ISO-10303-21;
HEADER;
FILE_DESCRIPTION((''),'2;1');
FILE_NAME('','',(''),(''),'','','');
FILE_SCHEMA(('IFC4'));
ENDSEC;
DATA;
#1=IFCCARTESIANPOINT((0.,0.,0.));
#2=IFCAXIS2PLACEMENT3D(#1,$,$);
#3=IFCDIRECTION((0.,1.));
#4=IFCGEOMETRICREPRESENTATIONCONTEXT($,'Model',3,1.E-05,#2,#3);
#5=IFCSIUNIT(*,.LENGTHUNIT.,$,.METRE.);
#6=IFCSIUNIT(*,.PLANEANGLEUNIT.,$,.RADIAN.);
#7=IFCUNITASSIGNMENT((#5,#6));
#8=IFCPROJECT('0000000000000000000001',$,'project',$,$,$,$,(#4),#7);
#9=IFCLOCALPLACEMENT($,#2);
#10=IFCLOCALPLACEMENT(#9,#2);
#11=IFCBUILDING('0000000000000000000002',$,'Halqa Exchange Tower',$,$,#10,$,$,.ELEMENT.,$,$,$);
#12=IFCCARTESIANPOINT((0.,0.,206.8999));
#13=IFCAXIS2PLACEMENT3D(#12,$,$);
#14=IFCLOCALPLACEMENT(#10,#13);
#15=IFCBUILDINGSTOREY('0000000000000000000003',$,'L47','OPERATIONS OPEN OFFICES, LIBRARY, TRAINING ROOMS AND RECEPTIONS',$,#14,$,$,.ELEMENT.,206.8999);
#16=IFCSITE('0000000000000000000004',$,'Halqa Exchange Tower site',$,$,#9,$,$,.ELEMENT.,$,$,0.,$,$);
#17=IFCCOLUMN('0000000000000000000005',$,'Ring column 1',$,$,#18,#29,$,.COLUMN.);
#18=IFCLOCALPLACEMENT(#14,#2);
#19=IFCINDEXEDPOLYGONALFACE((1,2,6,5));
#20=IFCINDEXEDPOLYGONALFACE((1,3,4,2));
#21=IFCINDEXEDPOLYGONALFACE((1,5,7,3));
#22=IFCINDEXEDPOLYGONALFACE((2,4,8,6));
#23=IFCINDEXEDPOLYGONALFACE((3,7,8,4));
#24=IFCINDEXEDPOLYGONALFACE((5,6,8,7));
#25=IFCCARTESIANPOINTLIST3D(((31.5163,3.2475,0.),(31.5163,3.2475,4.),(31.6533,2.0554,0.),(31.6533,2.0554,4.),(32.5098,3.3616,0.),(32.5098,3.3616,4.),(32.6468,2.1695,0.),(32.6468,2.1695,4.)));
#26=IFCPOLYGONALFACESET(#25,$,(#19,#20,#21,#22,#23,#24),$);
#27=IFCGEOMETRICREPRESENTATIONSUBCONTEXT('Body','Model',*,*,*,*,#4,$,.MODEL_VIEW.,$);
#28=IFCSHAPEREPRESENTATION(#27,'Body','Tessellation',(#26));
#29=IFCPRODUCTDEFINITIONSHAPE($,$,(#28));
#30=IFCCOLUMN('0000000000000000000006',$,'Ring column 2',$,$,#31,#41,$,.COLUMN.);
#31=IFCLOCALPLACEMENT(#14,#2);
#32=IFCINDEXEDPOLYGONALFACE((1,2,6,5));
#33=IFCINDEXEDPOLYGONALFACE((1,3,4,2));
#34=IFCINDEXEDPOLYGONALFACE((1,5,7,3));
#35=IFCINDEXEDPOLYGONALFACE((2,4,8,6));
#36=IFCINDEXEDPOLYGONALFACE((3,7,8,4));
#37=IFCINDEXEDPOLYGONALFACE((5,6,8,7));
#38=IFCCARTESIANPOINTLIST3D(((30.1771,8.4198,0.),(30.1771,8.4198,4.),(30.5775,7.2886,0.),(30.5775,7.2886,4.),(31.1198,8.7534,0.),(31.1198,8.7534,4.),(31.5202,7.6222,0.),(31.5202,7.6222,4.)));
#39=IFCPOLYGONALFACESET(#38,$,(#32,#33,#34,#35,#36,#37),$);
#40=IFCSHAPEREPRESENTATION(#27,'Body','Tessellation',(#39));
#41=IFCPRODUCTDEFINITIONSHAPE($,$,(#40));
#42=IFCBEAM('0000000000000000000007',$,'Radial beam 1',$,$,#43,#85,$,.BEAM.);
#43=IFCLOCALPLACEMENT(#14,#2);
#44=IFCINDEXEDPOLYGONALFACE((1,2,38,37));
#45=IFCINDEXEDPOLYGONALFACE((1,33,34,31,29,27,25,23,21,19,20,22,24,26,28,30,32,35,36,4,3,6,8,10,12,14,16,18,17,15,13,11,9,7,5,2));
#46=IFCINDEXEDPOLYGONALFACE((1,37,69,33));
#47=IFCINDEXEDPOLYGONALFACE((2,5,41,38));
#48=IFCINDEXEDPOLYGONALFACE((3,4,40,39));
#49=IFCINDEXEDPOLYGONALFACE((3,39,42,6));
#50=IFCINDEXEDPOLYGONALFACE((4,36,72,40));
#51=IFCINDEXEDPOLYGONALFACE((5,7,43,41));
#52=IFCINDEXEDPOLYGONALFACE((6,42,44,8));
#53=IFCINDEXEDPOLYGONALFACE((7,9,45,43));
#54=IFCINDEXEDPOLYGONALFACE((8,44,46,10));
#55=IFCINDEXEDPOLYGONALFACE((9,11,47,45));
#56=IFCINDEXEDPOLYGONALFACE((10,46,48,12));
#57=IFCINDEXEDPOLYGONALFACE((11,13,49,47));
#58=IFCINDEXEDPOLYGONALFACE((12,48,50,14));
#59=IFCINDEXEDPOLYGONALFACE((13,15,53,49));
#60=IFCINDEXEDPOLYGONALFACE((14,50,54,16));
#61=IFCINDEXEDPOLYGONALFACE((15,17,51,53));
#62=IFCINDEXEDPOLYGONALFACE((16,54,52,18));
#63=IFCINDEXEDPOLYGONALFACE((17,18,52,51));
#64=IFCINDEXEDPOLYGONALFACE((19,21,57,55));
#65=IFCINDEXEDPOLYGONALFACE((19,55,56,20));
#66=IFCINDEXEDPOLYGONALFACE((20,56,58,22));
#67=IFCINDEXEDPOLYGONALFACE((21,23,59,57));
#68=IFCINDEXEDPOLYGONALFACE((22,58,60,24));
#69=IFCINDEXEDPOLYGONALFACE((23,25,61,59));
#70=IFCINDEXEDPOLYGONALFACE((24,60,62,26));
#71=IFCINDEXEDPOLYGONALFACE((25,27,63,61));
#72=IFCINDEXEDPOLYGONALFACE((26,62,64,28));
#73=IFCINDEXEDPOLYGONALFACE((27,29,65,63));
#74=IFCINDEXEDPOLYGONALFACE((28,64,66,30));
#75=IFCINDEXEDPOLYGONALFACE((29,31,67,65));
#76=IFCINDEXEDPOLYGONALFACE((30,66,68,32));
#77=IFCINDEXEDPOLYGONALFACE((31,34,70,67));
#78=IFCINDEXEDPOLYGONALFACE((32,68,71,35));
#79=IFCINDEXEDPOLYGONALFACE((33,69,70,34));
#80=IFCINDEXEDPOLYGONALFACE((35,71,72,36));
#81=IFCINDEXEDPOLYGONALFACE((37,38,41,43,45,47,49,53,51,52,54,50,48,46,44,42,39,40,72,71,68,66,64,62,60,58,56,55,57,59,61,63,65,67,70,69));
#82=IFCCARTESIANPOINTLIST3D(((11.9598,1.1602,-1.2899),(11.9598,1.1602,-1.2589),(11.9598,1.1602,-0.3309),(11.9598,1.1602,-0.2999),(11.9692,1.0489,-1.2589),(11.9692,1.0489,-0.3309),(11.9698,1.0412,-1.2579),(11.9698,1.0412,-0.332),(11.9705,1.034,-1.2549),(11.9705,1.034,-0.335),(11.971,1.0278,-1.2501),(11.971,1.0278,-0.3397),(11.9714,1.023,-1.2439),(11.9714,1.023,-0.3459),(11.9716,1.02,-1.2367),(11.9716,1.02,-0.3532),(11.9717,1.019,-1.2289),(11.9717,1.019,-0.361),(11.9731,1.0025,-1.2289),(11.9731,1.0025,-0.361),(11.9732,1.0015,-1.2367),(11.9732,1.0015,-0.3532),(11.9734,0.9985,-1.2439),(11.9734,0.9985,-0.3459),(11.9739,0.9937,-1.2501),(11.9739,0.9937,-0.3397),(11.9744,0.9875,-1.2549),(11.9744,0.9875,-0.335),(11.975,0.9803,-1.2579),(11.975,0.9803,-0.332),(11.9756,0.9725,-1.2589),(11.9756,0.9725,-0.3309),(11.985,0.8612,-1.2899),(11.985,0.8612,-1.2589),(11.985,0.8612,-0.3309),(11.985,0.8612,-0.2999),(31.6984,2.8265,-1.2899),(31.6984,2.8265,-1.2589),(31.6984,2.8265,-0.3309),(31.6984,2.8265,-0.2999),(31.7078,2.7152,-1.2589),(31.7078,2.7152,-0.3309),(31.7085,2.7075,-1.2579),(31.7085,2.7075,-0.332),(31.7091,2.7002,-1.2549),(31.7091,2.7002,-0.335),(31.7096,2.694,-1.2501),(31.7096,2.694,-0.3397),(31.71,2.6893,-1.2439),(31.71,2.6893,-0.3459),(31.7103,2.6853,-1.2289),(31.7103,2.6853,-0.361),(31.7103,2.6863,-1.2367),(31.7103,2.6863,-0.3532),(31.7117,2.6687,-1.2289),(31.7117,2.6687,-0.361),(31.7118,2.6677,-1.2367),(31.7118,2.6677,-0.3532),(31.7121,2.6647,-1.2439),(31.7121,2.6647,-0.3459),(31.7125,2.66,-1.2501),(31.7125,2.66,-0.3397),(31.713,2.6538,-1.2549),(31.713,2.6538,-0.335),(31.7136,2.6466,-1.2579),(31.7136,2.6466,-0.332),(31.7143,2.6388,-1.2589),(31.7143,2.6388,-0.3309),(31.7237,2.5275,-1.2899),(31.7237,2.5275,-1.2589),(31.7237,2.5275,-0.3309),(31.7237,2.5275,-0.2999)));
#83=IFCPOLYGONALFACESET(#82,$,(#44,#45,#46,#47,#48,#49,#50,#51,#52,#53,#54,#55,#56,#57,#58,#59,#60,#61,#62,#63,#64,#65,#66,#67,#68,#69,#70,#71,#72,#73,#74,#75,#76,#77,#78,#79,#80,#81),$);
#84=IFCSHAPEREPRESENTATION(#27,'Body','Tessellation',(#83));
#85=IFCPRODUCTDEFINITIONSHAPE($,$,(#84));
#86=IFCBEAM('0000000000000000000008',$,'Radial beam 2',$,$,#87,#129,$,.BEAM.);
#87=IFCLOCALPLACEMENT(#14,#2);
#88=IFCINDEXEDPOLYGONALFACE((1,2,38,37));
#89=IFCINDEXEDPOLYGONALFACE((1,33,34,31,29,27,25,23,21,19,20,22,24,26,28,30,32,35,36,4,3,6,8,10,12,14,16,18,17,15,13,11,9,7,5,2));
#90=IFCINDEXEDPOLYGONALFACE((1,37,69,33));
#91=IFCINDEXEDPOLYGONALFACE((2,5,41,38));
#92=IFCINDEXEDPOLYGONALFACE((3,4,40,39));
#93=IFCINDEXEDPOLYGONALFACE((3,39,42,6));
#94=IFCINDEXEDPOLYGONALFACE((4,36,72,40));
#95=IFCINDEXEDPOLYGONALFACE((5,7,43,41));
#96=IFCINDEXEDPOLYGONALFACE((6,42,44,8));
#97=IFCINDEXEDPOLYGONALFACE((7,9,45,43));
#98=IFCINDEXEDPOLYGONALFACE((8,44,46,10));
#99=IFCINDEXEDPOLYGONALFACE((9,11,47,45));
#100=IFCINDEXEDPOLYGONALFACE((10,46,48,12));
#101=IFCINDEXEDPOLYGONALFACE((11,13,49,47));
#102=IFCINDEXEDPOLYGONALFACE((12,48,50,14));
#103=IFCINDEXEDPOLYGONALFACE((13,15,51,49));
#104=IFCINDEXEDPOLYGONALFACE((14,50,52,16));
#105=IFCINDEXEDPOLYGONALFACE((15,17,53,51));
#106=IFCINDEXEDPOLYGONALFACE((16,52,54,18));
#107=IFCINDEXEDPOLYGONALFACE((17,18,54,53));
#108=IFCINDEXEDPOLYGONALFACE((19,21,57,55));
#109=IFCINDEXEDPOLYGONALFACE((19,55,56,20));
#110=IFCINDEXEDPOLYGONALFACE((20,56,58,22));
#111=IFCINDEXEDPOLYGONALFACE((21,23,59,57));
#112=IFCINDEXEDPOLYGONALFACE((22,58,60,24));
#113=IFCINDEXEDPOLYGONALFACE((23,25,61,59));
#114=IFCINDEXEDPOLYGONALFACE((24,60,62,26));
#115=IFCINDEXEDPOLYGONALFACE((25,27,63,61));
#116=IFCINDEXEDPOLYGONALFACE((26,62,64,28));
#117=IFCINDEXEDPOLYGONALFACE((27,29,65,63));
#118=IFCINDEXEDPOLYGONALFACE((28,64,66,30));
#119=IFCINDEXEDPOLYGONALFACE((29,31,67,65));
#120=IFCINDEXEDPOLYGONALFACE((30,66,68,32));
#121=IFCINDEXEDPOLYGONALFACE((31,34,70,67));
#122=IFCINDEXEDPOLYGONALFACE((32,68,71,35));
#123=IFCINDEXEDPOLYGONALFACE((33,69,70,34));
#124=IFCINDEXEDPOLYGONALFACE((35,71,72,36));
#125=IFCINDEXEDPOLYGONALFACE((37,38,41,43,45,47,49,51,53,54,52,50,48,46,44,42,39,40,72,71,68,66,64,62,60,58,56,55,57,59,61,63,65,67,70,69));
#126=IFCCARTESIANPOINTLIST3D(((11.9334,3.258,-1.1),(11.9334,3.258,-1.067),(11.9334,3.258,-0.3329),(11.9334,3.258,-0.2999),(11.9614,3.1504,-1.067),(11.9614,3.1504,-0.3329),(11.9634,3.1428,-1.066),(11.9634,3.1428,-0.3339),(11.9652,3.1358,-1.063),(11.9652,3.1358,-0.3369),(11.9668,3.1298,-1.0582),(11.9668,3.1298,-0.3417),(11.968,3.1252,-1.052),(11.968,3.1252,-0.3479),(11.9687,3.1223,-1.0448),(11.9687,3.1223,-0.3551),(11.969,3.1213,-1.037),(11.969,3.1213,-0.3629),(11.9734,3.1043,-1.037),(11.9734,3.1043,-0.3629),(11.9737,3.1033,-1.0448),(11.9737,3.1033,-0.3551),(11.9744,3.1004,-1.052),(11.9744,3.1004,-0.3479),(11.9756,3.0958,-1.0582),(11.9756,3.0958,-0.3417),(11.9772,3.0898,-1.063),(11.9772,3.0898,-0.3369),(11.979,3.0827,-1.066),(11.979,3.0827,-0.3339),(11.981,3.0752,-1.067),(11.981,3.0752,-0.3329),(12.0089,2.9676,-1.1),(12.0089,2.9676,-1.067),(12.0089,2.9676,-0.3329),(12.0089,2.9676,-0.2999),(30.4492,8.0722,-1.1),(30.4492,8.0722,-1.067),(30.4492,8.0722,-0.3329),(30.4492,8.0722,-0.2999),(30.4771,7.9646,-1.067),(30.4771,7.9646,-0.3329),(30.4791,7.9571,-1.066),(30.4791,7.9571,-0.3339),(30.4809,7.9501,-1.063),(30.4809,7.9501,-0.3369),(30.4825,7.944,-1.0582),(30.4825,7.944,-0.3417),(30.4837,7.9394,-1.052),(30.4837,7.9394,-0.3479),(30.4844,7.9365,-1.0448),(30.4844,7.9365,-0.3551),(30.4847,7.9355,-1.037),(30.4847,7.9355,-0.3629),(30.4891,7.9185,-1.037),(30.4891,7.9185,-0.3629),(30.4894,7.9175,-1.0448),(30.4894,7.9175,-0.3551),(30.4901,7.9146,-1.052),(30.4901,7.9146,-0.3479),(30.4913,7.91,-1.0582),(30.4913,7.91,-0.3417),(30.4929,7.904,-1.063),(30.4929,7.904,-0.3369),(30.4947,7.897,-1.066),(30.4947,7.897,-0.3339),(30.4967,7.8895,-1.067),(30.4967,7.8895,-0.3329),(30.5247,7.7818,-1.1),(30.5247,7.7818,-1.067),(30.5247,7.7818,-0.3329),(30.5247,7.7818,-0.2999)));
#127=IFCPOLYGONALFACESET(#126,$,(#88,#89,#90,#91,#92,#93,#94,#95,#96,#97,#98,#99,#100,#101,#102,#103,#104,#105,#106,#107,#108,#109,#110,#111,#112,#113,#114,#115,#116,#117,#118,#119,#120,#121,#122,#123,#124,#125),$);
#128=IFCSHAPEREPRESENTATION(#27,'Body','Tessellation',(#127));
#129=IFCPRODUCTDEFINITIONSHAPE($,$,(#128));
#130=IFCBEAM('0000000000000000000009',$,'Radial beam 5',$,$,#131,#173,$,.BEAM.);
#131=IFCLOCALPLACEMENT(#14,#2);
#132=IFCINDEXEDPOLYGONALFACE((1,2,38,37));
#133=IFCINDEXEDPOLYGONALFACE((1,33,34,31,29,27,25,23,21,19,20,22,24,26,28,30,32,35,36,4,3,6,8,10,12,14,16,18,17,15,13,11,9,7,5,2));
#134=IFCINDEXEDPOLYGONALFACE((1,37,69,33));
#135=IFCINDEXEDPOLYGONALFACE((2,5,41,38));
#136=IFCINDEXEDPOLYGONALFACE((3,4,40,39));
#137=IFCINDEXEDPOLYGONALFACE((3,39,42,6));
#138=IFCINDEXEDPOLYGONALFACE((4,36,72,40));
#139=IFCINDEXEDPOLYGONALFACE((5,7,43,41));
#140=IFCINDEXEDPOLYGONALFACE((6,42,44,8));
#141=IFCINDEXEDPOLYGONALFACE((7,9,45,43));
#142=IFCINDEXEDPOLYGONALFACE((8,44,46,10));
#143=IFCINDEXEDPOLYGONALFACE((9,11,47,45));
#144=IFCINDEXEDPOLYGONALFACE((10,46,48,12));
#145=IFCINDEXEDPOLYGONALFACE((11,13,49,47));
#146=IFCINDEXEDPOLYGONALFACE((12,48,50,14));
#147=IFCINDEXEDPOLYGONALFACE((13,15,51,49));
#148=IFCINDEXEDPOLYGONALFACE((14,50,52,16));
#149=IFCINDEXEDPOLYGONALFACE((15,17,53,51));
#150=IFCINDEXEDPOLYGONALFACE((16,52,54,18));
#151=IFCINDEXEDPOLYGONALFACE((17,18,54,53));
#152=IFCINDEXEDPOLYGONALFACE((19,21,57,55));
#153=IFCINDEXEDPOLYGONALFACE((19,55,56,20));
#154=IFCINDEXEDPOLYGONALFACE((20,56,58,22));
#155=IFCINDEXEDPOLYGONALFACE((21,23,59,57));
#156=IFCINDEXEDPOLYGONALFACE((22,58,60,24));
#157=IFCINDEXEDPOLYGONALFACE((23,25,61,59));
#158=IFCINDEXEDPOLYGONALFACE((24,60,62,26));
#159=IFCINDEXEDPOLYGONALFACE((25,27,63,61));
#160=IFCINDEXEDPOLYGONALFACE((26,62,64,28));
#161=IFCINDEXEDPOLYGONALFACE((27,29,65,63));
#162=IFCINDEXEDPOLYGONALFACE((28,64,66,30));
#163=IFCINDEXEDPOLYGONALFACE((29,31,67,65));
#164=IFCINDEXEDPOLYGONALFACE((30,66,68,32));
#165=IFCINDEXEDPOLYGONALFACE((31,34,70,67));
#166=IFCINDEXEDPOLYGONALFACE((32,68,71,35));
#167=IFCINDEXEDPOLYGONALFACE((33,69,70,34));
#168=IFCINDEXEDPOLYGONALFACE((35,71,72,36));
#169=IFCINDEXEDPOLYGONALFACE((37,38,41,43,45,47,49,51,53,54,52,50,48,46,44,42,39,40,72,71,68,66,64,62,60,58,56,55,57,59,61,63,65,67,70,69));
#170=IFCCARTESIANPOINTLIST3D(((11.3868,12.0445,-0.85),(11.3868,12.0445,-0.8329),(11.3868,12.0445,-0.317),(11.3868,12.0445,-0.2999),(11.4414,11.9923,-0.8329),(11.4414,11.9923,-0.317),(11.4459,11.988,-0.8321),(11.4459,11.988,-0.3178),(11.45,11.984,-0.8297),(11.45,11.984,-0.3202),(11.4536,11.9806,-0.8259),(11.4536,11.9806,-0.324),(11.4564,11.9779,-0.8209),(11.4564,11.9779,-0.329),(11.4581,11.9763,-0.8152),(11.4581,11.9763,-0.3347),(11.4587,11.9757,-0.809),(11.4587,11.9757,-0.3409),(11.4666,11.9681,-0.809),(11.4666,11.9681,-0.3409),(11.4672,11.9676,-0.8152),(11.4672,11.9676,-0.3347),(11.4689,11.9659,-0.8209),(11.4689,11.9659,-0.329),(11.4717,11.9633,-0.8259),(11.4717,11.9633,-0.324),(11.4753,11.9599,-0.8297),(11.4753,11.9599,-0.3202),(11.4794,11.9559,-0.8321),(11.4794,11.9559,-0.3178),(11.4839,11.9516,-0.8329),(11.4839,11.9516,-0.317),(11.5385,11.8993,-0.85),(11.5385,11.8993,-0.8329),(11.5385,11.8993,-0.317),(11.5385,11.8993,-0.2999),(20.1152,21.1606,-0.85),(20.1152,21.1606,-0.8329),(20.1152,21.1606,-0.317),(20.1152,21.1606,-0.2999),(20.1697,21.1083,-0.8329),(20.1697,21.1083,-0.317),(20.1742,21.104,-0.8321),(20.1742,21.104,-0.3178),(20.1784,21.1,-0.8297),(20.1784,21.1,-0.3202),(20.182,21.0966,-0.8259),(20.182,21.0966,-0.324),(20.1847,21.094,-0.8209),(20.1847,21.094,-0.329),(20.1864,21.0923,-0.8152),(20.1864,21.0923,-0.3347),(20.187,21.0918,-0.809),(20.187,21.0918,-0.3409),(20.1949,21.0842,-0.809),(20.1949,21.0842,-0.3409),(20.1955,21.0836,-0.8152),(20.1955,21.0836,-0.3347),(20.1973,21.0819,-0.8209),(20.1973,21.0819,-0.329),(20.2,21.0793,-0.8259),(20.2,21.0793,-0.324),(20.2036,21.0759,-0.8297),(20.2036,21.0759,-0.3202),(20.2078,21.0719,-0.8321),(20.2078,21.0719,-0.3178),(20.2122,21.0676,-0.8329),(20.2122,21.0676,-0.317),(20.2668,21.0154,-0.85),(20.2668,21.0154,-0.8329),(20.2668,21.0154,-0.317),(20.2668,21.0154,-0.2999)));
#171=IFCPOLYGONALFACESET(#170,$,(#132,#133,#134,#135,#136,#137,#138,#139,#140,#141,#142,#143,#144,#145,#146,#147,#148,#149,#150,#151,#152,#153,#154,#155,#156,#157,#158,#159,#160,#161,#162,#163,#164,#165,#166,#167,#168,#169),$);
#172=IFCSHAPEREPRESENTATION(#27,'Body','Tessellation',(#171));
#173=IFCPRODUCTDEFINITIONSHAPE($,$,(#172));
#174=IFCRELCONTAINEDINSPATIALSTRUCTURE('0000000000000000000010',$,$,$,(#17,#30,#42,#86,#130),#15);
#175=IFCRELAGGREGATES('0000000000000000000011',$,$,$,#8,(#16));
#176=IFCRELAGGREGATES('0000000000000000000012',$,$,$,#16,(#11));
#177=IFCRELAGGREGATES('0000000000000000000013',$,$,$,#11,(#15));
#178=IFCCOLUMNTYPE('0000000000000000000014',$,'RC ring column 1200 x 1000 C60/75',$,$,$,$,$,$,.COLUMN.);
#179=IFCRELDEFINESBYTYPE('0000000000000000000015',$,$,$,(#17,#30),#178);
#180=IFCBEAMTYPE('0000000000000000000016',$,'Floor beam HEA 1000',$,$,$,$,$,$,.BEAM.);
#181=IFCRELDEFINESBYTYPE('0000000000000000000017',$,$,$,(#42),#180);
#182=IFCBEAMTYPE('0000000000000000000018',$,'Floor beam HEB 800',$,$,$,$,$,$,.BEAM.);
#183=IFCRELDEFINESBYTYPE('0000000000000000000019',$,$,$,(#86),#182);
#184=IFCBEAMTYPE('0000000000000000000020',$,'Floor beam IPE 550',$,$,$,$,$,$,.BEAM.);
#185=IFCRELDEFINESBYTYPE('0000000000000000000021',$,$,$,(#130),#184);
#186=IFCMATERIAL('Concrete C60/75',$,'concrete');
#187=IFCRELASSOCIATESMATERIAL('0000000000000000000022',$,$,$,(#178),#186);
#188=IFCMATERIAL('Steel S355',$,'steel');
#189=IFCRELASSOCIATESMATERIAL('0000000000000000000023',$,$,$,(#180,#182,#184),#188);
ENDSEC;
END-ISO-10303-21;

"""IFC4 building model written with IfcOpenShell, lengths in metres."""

from ifc_helpers import new_model, si_unit, direction, frame, origin, origin_2d, place, context, subcontext, project, spatial, rectangle, i_section, extrude, material, material_profile, profile_set, type_object, element, save


model = new_model("IFC4")

# Units and contexts
model_context = context("Model", 3, precision=1e-05, world=origin(), true_north=direction((0.0, 1.0)))
body_context = subcontext(model_context, "Body", "Model", "MODEL_VIEW")
ifc_project = project(units=[si_unit("LENGTHUNIT", "METRE"), si_unit("PLANEANGLEUNIT", "RADIAN")], contexts=[model_context])

# Site, building, storey
site_placement = place(None, origin())
site = spatial("IfcSite", under=ifc_project, at=site_placement, Name="Halqa Exchange Tower site", CompositionType="ELEMENT", RefElevation=0.0)
building_placement = place(site_placement, origin())
building = spatial("IfcBuilding", under=site, at=building_placement, Name="Halqa Exchange Tower", CompositionType="ELEMENT")
storey_placement = place(building_placement, frame((0.0, 0.0, 206.8999)))
storey = spatial("IfcBuildingStorey", under=building, at=storey_placement, Name="L47", Description="OPERATIONS OPEN OFFICES, LIBRARY, TRAINING ROOMS AND RECEPTIONS", CompositionType="ELEMENT", Elevation=206.8999)

# Columns
ifc_material_1 = material(Name="Concrete C60/75", Category="concrete")
ifc_material_profile_1 = material_profile(ifc_material_1, rectangle(XDim=1.2, YDim=1.0, at=origin_2d()), Name="1200 x 1000")
ifc_profile_set_1 = profile_set([ifc_material_profile_1], Name="Concrete C60/75")
column_type = type_object("IfcColumnType", Name="RC ring column 1200 x 1000 C60/75", PredefinedType="COLUMN", material=ifc_profile_set_1)
for number, where, z_axis, x_axis, name in (
    (1, (32.0815, 2.7085, 0.0), (0.0, 0.0, 1.0), (-0.114157, 0.993463, 0.0), "Ring column 1"),
    (2, (30.8486, 8.021, 0.0), (0.0, 0.0, 1.0), (-0.333632, 0.942703, 0.0), "Ring column 2"),
):
    element("IfcColumn", number, at=place(storey_placement, frame(where, z_axis=z_axis, x_axis=x_axis)), inside=storey, type_object=column_type, Name=name, PredefinedType="COLUMN", context=body_context, shape_type="SweptSolid", body=[
        extrude(rectangle(XDim=1.2, YDim=1.0, at=origin_2d()), origin(), (0.0, 0.0, 1.0), 4.0),
    ])

# Beams
ifc_material_2 = material(Name="Steel S355", Category="steel")
ifc_material_profile_2 = material_profile(ifc_material_2, i_section(OverallWidth=0.3, OverallDepth=0.99, WebThickness=0.0166, FlangeThickness=0.031, FilletRadius=0.03, at=origin_2d()), Name="HEA 1000")
ifc_profile_set_2 = profile_set([ifc_material_profile_2], Name="Steel S355")
beam_type_1 = type_object("IfcBeamType", Name="Floor beam HEA 1000", PredefinedType="BEAM", material=ifc_profile_set_2)
beam_1_placement = place(storey_placement, frame((11.9724, 1.0107, -0.7949), z_axis=(0.996456, 0.084117, 0.0), x_axis=(-0.084117, 0.996456, 0.0)))
element("IfcBeam", 3, at=beam_1_placement, inside=storey, type_object=beam_type_1, Name="Radial beam 1", PredefinedType="BEAM", context=body_context, shape_type="SweptSolid", body=[
    extrude(i_section(OverallWidth=0.3, OverallDepth=0.99, WebThickness=0.0166, FlangeThickness=0.031, FilletRadius=0.03, at=origin_2d()), origin(), (0.0, 0.0, 1.0), 19.8088),
])
ifc_material_profile_3 = material_profile(ifc_material_2, i_section(OverallWidth=0.3, OverallDepth=0.8, WebThickness=0.0176, FlangeThickness=0.033, FilletRadius=0.03, at=origin_2d()), Name="HEB 800")
ifc_profile_set_3 = profile_set([ifc_material_profile_3], Name="Steel S355")
beam_type_2 = type_object("IfcBeamType", Name="Floor beam HEB 800", PredefinedType="BEAM", material=ifc_profile_set_3)
beam_2_placement = place(storey_placement, frame((11.9712, 3.1128, -0.7), z_axis=(0.967821, 0.251641, 0.0), x_axis=(-0.251641, 0.967821, 0.0)))
element("IfcBeam", 4, at=beam_2_placement, inside=storey, type_object=beam_type_2, Name="Radial beam 2", PredefinedType="BEAM", context=body_context, shape_type="SweptSolid", body=[
    extrude(i_section(OverallWidth=0.3, OverallDepth=0.8, WebThickness=0.0176, FlangeThickness=0.033, FilletRadius=0.03, at=origin_2d()), origin(), (0.0, 0.0, 1.0), 19.1313),
])
ifc_material_profile_4 = material_profile(ifc_material_2, i_section(OverallWidth=0.21, OverallDepth=0.55, WebThickness=0.011, FlangeThickness=0.0171, FilletRadius=0.0239, at=origin_2d()), Name="IPE 550")
ifc_profile_set_4 = profile_set([ifc_material_profile_4], Name="Steel S355")
beam_type_3 = type_object("IfcBeamType", Name="Floor beam IPE 550", PredefinedType="BEAM", material=ifc_profile_set_4)
beam_3_placement = place(storey_placement, frame((11.4626, 11.9719, -0.575), z_axis=(0.691581, 0.722299, 0.0), x_axis=(-0.722299, 0.691581, 0.0)))
element("IfcBeam", 5, at=beam_3_placement, inside=storey, type_object=beam_type_3, Name="Radial beam 5", PredefinedType="BEAM", context=body_context, shape_type="SweptSolid", body=[
    extrude(i_section(OverallWidth=0.21, OverallDepth=0.55, WebThickness=0.011, FlangeThickness=0.0171, FilletRadius=0.0239, at=origin_2d()), origin(), (0.0, 0.0, 1.0), 12.6208),
])

save(model, "model.ifc")
